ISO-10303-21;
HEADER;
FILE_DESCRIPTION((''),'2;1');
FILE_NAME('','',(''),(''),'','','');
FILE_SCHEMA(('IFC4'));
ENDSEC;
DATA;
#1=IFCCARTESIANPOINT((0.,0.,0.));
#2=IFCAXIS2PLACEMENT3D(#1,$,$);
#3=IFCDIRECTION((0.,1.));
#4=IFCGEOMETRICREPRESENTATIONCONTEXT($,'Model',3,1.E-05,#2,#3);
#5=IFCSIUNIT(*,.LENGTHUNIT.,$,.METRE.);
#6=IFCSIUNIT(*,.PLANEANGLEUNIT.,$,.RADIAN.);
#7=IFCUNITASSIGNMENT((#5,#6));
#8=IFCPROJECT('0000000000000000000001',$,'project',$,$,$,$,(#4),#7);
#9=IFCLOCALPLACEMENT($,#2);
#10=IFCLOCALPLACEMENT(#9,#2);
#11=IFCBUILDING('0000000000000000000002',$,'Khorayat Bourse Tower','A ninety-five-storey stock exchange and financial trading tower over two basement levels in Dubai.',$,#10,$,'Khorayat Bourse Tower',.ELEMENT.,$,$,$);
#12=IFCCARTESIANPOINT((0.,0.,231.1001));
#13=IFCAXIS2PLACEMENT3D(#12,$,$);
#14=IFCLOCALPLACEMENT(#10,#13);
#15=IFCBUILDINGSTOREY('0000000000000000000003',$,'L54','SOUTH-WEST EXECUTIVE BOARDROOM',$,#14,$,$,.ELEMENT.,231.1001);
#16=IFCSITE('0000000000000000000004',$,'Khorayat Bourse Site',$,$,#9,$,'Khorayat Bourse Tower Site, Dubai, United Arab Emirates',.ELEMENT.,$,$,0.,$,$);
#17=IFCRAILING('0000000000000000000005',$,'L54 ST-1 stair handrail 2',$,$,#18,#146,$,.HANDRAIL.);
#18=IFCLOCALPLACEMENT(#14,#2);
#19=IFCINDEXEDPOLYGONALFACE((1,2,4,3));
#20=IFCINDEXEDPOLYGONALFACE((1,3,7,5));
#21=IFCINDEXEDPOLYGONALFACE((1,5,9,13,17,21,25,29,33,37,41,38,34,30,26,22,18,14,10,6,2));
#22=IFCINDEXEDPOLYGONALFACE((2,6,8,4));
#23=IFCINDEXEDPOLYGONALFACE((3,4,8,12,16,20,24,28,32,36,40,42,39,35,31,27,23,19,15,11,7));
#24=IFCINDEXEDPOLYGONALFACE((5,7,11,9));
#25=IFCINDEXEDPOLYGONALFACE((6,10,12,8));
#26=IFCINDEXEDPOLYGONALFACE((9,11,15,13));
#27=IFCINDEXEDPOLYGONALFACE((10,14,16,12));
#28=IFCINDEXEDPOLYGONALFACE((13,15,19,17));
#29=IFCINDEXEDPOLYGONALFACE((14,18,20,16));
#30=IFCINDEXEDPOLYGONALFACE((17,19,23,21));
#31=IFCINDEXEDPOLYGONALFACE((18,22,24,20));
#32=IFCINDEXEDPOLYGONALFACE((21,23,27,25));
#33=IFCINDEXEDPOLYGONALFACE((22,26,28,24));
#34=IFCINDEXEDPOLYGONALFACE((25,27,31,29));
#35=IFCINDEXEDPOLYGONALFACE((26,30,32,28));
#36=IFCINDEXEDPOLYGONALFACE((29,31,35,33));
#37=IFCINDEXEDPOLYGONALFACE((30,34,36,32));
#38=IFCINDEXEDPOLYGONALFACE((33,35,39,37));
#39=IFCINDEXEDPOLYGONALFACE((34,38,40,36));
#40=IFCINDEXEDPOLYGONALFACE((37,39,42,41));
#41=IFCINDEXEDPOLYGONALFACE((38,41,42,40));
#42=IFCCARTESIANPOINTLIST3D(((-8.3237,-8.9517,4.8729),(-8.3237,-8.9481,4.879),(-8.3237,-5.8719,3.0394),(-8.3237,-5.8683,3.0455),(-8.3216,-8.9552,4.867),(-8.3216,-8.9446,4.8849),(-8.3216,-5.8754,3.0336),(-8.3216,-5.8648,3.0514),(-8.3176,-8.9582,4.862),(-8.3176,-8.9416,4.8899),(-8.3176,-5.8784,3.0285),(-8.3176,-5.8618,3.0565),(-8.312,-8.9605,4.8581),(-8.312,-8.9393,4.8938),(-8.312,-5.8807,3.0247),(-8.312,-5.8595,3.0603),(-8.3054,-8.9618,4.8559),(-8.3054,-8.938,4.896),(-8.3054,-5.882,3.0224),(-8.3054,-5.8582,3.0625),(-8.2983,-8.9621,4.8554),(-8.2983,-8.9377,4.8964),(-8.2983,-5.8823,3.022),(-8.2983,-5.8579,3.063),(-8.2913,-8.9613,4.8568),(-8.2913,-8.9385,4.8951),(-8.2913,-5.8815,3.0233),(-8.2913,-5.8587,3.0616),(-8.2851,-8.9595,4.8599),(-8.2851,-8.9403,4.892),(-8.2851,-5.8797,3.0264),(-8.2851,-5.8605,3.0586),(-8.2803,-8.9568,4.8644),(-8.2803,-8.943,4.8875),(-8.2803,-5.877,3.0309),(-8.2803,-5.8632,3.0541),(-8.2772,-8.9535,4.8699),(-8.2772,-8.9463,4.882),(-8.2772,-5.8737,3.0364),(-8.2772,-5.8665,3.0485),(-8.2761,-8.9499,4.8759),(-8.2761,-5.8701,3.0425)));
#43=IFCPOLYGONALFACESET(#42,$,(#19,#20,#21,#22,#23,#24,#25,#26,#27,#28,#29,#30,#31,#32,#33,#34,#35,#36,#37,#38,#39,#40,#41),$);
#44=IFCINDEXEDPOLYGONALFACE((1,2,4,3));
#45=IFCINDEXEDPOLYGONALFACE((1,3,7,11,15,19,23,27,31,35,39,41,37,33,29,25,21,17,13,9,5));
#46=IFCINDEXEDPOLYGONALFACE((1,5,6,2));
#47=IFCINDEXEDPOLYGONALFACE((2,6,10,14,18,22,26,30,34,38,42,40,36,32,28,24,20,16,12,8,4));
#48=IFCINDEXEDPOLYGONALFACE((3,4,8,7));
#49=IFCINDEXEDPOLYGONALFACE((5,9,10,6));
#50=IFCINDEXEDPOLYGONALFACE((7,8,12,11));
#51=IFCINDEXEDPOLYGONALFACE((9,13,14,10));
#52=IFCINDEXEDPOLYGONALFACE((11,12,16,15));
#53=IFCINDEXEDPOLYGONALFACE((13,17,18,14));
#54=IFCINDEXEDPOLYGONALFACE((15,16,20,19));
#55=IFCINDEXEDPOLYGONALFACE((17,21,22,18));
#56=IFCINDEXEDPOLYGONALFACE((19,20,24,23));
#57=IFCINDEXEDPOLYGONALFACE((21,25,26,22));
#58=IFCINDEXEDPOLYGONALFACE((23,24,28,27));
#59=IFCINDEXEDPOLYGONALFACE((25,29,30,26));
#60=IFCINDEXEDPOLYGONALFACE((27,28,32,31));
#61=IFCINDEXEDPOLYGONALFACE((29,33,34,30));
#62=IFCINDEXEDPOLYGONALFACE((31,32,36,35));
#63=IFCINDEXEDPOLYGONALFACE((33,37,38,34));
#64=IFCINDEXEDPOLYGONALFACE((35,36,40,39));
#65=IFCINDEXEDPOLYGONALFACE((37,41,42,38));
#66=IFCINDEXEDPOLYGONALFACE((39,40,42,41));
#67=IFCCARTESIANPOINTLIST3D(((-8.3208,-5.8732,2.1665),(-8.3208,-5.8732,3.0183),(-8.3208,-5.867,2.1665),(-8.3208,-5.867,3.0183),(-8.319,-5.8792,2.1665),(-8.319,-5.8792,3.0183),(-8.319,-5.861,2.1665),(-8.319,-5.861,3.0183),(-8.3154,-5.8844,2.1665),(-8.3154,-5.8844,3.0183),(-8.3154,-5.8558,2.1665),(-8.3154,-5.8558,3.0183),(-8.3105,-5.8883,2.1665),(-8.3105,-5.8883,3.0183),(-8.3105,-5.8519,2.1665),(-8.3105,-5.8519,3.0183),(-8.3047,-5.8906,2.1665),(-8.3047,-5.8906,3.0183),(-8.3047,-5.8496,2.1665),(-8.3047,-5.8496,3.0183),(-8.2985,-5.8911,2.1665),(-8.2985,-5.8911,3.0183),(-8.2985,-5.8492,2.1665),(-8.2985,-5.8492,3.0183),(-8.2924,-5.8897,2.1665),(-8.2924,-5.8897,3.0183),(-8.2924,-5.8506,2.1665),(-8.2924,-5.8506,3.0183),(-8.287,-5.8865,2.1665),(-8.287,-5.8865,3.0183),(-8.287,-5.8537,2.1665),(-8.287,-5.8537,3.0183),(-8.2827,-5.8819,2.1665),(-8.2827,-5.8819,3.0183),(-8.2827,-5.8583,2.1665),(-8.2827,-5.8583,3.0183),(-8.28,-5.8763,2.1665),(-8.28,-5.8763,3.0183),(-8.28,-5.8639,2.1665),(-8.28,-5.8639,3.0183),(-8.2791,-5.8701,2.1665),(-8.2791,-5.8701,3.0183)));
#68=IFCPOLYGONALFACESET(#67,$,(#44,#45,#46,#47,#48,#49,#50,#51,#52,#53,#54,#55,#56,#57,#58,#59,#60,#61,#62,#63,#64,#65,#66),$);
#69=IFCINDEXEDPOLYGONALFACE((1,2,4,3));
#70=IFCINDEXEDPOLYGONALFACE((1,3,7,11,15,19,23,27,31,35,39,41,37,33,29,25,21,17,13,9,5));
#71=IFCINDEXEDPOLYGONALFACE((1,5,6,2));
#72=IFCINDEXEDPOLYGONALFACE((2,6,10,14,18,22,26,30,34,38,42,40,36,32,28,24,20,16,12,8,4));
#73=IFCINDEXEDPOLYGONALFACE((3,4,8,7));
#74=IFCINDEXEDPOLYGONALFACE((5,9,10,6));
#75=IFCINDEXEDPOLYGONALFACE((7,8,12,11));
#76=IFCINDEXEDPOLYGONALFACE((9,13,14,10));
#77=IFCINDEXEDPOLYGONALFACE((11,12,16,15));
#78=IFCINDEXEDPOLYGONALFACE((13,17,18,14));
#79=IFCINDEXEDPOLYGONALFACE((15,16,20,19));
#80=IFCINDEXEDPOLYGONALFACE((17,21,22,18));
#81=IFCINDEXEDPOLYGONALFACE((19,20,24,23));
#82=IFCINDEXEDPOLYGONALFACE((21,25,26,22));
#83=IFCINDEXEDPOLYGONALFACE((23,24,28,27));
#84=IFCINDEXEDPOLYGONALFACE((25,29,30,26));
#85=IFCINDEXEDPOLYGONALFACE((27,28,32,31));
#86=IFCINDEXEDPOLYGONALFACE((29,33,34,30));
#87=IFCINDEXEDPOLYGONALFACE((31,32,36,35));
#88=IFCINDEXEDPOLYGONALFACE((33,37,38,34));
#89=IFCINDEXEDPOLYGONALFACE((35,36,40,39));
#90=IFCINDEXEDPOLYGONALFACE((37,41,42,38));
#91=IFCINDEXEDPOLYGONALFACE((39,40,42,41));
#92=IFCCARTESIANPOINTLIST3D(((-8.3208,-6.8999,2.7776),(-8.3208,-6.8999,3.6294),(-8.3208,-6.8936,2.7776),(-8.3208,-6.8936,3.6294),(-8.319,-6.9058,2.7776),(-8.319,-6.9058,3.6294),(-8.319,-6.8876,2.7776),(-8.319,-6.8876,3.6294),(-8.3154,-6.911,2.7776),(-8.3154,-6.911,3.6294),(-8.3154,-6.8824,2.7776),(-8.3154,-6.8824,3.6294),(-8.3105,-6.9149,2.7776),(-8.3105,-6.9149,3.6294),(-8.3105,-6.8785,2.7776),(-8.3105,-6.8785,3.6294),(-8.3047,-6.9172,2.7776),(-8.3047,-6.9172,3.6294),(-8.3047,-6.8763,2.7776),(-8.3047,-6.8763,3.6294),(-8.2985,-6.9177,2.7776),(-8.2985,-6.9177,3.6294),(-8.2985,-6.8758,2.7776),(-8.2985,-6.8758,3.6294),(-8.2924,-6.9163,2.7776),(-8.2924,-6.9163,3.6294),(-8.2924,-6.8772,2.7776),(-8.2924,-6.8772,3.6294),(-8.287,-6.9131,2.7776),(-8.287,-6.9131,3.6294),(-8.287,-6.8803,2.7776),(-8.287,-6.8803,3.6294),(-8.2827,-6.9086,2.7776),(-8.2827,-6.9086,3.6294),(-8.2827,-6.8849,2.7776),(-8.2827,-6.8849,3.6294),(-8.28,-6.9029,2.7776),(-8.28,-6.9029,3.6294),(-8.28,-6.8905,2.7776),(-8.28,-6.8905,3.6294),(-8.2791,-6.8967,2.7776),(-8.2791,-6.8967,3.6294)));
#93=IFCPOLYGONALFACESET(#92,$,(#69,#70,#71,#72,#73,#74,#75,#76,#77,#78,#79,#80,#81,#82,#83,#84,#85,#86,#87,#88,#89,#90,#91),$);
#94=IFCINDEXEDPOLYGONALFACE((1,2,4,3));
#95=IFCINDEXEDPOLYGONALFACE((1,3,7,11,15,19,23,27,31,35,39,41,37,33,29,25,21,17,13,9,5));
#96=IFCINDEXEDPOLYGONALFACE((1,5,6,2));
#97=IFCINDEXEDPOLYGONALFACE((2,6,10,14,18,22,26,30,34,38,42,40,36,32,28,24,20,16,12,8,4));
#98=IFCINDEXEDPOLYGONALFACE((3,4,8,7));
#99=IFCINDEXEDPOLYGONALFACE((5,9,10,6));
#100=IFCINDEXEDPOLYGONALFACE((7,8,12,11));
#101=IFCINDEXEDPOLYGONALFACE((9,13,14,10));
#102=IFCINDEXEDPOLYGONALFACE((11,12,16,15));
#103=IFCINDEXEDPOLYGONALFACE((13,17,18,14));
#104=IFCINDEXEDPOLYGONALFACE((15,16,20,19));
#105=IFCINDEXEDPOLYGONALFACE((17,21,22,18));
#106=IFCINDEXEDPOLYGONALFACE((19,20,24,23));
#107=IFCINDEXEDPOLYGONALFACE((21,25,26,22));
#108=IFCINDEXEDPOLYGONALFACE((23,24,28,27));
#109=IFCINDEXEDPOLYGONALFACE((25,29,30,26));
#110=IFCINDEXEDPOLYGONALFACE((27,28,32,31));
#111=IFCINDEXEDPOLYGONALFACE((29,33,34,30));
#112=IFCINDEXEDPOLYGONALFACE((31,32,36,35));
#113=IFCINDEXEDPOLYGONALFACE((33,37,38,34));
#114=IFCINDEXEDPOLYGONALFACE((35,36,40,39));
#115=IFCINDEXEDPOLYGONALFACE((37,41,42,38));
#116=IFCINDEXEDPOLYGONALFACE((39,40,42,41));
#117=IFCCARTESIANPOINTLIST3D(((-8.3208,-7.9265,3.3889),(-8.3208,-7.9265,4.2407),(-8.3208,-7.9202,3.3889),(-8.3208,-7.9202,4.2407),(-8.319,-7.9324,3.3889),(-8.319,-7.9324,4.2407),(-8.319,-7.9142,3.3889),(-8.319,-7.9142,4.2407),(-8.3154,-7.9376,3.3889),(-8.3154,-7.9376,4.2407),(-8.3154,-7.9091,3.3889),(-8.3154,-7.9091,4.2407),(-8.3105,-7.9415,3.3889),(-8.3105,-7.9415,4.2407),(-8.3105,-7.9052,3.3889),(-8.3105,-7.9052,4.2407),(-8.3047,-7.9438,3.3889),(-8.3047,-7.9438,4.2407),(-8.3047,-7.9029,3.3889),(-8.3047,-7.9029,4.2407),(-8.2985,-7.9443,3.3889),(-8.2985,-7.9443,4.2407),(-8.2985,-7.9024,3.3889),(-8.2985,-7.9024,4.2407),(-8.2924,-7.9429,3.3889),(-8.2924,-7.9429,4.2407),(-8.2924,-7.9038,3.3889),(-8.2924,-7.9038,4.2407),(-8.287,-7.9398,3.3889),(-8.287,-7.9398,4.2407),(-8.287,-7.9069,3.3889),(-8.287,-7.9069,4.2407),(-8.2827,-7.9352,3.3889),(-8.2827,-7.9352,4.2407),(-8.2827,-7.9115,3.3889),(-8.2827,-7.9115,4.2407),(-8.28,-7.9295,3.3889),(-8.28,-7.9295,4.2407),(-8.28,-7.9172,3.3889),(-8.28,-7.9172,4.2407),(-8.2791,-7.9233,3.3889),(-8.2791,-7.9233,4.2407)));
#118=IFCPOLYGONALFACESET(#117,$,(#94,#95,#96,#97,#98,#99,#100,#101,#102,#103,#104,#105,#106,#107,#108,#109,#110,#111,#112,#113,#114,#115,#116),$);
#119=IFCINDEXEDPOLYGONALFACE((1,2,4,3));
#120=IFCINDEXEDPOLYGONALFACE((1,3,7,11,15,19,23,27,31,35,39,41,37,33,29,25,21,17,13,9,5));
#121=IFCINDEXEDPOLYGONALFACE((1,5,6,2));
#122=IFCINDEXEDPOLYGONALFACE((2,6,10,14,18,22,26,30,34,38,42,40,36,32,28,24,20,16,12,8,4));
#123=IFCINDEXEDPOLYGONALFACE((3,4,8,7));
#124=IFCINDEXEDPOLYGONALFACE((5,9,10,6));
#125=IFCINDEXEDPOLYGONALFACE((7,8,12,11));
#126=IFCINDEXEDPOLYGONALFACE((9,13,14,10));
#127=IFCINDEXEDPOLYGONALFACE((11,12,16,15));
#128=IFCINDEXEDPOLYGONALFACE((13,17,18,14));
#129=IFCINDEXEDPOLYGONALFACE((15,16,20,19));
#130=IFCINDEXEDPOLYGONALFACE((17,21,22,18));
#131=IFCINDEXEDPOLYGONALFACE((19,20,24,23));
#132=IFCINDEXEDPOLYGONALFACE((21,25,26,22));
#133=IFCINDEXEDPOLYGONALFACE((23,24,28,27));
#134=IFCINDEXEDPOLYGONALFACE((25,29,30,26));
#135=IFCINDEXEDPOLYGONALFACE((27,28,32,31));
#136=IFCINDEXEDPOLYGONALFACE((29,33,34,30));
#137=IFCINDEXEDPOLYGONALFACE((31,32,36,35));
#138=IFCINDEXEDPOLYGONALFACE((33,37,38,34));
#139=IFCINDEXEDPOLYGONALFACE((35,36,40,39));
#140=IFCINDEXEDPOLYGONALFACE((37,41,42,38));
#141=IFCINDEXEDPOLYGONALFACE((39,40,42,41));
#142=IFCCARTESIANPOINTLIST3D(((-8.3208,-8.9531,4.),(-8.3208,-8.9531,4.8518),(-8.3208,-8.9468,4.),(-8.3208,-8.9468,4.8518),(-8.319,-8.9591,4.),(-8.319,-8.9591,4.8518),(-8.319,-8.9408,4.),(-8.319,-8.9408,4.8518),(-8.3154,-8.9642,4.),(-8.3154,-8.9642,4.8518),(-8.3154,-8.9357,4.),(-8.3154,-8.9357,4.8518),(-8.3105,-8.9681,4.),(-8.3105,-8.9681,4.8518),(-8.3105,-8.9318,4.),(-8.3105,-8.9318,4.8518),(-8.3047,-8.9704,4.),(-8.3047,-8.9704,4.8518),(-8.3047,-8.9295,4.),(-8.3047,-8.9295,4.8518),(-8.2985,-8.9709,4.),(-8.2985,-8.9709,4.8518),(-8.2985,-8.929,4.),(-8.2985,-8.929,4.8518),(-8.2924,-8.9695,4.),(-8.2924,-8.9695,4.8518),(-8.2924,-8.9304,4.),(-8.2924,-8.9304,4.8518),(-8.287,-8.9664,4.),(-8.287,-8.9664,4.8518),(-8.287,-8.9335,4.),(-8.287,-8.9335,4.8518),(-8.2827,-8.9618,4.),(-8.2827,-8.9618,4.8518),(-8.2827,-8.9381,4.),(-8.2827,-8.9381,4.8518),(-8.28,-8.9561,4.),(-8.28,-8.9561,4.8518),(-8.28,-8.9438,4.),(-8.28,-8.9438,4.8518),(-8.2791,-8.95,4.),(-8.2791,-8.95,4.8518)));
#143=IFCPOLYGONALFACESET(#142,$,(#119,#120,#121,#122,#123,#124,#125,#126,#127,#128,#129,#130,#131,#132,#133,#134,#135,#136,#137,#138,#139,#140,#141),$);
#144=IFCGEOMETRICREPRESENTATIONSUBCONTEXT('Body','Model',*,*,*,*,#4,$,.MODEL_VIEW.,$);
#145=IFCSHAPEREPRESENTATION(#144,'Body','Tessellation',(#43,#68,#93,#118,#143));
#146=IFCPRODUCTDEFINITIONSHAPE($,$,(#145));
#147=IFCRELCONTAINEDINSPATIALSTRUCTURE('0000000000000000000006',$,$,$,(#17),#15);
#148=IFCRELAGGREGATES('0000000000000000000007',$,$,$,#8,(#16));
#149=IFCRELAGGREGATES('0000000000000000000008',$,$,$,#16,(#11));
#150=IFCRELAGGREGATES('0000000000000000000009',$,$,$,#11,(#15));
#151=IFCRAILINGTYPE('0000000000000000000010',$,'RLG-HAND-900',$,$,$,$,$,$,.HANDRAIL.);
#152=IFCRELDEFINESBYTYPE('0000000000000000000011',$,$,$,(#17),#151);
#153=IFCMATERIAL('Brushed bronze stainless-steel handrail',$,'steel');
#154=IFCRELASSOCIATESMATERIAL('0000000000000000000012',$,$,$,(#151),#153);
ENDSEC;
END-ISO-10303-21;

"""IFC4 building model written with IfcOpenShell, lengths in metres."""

from ifc_helpers import new_model, si_unit, direction, frame, origin, origin_2d, place, context, subcontext, project, spatial, circle, extrude, source, transform, mapped, material, type_object, element, save


model = new_model("IFC4")

# Units and contexts
model_context = context("Model", 3, precision=1e-05, world=origin(), true_north=direction((0.0, 1.0)))
body_context = subcontext(model_context, "Body", "Model", "MODEL_VIEW")
ifc_project = project(units=[si_unit("LENGTHUNIT", "METRE"), si_unit("PLANEANGLEUNIT", "RADIAN")], contexts=[model_context])

# Site, building, storey
site_placement = place(None, origin())
site = spatial("IfcSite", under=ifc_project, at=site_placement, Name="Khorayat Bourse Site", LongName="Khorayat Bourse Tower Site, Dubai, United Arab Emirates", CompositionType="ELEMENT", RefElevation=0.0)
building_placement = place(site_placement, origin())
building = spatial("IfcBuilding", under=site, at=building_placement, Name="Khorayat Bourse Tower", Description="A ninety-five-storey stock exchange and financial trading tower over two basement levels in Dubai.", LongName="Khorayat Bourse Tower", CompositionType="ELEMENT")
storey_placement = place(building_placement, frame((0.0, 0.0, 231.1001)))
storey = spatial("IfcBuildingStorey", under=building, at=storey_placement, Name="L54", Description="SOUTH-WEST EXECUTIVE BOARDROOM", CompositionType="ELEMENT", Elevation=231.1001)

# Railing
ifc_material_1 = material(Name="Brushed bronze stainless-steel handrail", Category="steel")
railing_type_1 = type_object("IfcRailingType", Name="RLG-HAND-900", PredefinedType="HANDRAIL", material=ifc_material_1)
shared_shape_1 = source(origin(), body_context, "Body", "SweptSolid", [
    extrude(circle(Radius=0.0239, at=origin_2d()), frame((0.0, 0.0, 0.876), z_axis=(0.0, -0.859261, 0.511538), x_axis=(1.0, 0.0, 0.0)), (0.0, 0.0, 1.0), 3.5842),
    extrude(circle(Radius=0.021, at=origin_2d()), origin(), (0.0, 0.0, 1.0), 0.8518),
    extrude(circle(Radius=0.021, at=origin_2d()), frame((0.0, -1.0266, 0.6111)), (0.0, 0.0, 1.0), 0.8518),
    extrude(circle(Radius=0.021, at=origin_2d()), frame((0.0, -2.0532, 1.2224)), (0.0, 0.0, 1.0), 0.8518),
    extrude(circle(Radius=0.021, at=origin_2d()), frame((0.0, -3.0798, 1.8335)), (0.0, 0.0, 1.0), 0.8518),
])
railing_1_placement = place(storey_placement, frame((-8.3, -5.8701, 2.1665)))
element("IfcRailing", 1, at=railing_1_placement, inside=storey, type_object=railing_type_1, Name="L54 ST-1 stair handrail 2", PredefinedType="HANDRAIL", context=body_context, shape_type="MappedRepresentation", body=[
    mapped(shared_shape_1, transform((0.0, 0.0, 0.0), scale=1.0)),
])

save(model, "model.ifc")
